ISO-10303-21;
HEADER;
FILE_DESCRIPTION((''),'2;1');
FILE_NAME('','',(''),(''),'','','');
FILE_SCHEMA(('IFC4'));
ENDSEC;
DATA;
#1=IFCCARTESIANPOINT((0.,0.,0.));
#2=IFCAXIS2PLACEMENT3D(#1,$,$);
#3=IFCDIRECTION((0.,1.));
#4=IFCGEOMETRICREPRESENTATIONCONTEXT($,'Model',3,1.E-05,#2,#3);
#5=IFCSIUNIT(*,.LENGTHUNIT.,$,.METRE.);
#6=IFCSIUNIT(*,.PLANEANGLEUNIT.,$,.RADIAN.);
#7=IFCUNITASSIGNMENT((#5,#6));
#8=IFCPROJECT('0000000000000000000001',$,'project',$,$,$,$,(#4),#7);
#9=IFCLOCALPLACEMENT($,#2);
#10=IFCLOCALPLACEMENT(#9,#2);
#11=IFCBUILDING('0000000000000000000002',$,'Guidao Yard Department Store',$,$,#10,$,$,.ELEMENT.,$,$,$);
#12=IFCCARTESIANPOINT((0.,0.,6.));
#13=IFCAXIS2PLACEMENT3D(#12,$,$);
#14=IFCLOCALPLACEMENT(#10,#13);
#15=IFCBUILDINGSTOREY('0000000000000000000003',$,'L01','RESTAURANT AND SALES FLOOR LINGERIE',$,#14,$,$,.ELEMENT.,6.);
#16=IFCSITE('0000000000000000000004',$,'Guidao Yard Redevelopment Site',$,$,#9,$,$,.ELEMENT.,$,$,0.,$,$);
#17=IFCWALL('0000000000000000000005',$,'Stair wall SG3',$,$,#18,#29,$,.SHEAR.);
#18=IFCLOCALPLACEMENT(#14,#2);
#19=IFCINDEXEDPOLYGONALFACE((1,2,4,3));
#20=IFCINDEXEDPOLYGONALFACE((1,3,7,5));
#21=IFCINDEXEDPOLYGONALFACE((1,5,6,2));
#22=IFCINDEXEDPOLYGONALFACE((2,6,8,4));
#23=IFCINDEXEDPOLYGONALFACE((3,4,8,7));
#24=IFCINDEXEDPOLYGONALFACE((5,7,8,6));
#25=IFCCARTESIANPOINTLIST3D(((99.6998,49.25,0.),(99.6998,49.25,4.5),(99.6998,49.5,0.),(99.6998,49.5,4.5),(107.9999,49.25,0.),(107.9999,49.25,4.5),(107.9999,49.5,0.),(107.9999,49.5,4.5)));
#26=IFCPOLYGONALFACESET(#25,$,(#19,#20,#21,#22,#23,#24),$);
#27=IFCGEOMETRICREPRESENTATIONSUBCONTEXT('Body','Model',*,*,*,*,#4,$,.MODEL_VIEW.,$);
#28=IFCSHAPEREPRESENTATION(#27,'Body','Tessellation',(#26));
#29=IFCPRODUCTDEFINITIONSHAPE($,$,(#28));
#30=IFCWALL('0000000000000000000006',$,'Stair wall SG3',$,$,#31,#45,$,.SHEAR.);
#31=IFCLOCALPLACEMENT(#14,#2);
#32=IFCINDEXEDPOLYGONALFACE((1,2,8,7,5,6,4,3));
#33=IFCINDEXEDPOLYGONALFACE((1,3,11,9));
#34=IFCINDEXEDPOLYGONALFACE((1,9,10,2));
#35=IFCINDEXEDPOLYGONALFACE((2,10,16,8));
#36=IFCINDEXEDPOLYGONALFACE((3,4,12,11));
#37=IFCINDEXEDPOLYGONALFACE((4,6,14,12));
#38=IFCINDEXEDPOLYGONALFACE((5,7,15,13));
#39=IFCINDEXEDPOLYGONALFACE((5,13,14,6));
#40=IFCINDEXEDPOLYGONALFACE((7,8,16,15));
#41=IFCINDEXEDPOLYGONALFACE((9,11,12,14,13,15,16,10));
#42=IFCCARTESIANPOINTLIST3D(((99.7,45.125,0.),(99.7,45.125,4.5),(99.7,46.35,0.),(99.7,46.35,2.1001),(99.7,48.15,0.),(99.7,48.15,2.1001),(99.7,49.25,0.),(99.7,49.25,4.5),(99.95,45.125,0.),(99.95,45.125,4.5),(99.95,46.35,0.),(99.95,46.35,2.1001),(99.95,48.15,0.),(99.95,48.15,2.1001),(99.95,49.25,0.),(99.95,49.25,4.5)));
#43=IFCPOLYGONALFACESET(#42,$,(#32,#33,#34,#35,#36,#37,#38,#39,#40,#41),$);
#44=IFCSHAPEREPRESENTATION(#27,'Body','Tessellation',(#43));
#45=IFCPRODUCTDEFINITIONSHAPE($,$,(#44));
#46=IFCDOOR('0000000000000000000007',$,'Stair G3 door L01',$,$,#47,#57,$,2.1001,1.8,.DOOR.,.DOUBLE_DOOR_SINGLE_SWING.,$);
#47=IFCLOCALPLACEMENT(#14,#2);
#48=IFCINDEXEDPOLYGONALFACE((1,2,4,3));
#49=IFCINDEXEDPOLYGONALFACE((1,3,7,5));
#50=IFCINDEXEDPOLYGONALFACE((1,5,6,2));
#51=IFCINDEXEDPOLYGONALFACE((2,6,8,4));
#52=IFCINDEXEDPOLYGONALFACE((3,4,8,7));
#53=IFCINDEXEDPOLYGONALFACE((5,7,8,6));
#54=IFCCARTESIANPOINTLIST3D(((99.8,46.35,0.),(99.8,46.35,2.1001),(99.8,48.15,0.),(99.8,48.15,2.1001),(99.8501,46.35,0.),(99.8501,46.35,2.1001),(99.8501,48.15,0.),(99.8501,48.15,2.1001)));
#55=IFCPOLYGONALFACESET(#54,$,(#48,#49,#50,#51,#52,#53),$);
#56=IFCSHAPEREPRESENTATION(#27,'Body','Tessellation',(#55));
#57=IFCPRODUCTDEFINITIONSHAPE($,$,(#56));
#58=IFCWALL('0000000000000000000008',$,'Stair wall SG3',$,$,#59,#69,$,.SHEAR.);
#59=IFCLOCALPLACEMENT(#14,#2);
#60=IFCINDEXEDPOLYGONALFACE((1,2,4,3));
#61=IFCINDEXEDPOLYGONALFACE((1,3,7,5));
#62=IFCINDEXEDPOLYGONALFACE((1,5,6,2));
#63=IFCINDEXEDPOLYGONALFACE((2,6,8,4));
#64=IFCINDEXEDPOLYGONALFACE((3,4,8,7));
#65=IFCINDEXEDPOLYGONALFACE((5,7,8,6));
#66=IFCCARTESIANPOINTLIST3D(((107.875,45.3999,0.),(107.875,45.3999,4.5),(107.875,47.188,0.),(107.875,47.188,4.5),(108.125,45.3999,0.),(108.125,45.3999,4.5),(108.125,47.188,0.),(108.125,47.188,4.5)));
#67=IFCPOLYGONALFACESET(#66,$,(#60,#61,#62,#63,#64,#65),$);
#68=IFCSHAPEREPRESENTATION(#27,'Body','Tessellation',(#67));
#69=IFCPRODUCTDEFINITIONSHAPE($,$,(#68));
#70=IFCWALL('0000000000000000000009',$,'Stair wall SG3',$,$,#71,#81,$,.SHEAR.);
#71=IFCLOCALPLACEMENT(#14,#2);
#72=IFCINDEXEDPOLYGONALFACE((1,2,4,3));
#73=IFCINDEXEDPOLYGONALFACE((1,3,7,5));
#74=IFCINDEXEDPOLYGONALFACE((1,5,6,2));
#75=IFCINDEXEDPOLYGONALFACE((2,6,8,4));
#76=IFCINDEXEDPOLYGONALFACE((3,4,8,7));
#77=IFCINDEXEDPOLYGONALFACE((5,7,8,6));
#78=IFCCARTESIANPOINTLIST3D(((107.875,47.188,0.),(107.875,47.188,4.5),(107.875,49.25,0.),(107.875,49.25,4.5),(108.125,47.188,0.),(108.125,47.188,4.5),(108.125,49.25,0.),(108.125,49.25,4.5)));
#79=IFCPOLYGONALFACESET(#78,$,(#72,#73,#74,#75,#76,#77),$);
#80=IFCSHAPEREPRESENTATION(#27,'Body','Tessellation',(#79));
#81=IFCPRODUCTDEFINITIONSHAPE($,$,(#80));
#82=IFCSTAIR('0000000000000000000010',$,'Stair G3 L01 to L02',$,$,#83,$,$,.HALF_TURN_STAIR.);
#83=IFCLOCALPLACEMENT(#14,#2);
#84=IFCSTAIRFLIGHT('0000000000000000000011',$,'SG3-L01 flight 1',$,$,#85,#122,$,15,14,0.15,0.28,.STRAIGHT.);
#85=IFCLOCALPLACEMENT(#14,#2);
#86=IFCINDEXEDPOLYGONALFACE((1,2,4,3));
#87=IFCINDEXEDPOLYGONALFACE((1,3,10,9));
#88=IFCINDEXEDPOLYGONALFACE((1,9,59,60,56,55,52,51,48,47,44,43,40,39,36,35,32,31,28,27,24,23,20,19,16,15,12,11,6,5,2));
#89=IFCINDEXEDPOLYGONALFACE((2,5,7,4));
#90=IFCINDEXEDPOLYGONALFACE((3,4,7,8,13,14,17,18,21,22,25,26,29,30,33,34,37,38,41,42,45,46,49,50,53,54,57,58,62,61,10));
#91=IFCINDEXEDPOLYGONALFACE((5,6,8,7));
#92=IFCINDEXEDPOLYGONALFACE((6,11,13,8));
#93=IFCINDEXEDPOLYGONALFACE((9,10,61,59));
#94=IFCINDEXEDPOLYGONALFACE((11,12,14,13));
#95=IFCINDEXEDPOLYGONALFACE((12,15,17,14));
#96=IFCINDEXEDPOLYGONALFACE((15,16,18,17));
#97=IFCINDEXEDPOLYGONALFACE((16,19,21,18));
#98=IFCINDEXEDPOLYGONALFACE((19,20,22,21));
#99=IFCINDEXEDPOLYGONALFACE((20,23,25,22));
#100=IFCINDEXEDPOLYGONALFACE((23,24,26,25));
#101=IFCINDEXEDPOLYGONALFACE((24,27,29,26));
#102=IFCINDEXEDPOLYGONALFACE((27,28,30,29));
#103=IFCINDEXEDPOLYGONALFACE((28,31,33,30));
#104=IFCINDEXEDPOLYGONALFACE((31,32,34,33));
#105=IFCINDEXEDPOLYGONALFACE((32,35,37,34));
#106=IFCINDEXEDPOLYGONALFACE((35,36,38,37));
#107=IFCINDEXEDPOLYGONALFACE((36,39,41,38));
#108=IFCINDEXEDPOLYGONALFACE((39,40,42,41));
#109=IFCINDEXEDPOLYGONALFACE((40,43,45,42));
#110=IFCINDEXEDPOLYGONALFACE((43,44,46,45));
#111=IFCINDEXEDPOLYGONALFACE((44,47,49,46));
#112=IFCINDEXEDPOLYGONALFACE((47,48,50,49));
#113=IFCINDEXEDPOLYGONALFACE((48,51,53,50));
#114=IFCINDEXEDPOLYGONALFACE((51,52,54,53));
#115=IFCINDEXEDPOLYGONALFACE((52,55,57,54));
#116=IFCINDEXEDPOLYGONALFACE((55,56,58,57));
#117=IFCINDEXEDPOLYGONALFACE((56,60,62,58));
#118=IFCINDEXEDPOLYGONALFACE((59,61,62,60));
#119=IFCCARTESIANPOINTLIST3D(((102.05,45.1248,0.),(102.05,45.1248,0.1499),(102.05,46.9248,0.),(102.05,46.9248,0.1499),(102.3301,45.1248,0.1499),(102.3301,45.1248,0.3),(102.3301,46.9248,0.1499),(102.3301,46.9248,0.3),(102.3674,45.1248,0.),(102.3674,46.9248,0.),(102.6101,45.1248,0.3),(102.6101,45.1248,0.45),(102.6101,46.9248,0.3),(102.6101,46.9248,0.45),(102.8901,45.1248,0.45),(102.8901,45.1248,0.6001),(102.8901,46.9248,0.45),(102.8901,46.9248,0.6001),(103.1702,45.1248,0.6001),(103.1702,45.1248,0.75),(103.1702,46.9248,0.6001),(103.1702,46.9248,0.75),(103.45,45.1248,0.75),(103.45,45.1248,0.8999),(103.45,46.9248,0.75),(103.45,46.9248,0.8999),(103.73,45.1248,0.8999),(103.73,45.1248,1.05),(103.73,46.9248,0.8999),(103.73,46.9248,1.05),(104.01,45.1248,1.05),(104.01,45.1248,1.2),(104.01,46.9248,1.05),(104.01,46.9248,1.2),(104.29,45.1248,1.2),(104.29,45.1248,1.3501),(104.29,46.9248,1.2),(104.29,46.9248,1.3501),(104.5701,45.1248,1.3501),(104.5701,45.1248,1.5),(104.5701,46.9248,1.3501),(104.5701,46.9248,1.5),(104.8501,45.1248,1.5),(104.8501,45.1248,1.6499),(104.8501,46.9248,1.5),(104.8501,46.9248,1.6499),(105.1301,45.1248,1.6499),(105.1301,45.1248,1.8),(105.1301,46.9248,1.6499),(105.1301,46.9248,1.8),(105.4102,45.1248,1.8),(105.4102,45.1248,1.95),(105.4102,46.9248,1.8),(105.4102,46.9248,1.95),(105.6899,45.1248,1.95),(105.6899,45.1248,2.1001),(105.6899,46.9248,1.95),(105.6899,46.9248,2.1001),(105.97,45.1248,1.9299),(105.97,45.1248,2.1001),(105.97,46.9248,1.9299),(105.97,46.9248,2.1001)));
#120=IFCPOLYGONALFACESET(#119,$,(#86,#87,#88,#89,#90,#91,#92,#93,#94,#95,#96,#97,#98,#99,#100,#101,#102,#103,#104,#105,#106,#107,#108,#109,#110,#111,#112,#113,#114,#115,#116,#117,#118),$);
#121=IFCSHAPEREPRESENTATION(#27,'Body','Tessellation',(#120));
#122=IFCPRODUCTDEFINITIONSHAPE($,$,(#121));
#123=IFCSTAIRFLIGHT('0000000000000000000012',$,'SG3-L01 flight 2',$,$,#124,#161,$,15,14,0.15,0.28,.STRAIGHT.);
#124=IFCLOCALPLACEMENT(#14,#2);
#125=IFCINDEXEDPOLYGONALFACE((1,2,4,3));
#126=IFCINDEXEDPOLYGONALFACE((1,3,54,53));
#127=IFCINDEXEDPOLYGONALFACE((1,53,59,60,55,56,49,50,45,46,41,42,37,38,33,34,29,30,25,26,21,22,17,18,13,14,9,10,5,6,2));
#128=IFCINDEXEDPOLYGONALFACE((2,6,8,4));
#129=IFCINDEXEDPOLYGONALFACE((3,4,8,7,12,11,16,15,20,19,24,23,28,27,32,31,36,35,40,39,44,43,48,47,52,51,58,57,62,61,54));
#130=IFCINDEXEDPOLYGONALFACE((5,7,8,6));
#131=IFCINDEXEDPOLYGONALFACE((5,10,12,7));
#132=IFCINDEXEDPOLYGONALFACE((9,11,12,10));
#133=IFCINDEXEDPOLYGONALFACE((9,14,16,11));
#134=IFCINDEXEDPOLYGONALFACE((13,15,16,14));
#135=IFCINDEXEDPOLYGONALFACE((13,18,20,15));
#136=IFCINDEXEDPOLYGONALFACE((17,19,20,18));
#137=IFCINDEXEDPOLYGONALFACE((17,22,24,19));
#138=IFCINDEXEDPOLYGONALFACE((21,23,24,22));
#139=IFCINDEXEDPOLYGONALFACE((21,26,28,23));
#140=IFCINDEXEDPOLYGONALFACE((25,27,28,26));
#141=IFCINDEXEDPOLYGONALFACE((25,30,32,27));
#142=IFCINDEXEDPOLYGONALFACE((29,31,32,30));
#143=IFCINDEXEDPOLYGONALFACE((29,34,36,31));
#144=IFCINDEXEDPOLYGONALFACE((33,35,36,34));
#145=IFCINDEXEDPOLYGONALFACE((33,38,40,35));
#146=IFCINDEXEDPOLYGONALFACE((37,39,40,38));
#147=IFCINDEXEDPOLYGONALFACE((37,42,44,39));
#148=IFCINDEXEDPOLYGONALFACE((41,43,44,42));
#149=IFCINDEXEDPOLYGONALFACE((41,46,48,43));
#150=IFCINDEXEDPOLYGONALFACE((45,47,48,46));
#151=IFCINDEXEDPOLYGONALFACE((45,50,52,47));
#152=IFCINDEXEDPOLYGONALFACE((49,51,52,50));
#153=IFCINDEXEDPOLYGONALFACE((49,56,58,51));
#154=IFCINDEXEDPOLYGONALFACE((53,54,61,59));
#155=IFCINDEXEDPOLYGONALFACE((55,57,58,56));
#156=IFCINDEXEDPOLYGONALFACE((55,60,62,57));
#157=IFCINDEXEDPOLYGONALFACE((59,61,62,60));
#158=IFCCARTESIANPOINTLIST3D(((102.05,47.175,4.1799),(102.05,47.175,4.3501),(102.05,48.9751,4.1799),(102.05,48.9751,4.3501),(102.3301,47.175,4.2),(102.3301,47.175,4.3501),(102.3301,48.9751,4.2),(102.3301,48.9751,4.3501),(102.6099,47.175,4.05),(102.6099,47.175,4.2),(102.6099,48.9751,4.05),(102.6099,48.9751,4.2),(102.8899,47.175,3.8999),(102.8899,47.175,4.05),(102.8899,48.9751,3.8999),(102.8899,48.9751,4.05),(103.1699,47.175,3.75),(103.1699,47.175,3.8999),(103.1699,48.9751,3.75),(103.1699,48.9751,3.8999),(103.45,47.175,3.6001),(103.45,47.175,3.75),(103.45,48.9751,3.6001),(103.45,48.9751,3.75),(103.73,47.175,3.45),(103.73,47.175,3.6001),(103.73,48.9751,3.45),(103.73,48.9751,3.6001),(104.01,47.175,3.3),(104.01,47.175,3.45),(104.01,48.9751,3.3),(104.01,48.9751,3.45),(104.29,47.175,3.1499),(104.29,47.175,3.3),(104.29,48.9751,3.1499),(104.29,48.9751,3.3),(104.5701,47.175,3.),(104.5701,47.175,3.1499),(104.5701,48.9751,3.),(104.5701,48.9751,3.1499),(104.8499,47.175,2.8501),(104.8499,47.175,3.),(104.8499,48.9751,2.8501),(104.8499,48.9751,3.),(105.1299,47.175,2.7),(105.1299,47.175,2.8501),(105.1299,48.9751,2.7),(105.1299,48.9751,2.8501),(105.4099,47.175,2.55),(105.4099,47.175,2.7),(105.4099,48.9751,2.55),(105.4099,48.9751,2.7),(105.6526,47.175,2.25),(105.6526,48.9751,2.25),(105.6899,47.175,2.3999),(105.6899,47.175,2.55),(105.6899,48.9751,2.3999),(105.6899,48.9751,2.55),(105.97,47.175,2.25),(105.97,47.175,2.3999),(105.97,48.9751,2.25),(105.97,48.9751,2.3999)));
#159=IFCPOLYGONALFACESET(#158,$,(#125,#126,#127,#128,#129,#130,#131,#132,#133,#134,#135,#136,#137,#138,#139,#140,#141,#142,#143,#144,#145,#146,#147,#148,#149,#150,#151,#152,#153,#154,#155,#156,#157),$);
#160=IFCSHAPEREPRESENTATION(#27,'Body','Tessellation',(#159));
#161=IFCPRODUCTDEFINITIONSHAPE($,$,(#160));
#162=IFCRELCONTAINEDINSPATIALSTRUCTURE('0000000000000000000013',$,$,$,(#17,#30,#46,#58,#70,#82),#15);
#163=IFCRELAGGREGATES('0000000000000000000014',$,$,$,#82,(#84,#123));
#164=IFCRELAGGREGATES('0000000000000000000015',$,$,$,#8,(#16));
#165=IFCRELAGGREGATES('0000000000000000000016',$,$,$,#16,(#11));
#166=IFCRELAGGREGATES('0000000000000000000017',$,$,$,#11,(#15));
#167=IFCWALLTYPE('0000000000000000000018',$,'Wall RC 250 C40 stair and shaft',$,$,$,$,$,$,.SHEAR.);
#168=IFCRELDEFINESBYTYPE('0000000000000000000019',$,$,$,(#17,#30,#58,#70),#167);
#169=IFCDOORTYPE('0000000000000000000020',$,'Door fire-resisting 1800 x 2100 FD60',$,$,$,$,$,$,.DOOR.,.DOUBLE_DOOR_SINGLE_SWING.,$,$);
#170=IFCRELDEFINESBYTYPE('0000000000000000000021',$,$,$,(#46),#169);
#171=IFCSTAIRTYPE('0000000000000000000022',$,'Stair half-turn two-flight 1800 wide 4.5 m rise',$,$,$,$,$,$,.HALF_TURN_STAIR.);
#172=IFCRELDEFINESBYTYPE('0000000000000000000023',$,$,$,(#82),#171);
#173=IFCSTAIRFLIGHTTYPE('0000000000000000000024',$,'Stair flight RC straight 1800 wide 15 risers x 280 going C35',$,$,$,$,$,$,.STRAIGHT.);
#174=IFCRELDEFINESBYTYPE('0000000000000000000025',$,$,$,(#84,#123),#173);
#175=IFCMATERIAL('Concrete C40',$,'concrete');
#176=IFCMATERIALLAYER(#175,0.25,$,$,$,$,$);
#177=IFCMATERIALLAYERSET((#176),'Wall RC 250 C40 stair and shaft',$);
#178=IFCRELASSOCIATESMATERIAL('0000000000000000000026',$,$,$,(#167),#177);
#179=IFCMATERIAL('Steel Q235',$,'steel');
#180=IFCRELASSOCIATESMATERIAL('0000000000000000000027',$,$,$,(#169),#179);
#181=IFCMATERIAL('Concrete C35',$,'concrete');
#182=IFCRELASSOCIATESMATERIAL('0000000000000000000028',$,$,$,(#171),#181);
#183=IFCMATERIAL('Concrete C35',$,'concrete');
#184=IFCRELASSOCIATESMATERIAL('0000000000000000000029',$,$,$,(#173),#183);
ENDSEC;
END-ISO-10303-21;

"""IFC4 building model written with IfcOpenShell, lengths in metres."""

from ifc_helpers import new_model, si_unit, direction, frame, frame_2d, origin, place, context, subcontext, project, spatial, polyline, rectangle, outline, extrude, material, layer, layer_set, type_object, element, fill, aggregate, save


model = new_model("IFC4")

# Units and contexts
model_context = context("Model", 3, precision=1e-05, world=origin(), true_north=direction((0.0, 1.0)))
body_context = subcontext(model_context, "Body", "Model", "MODEL_VIEW")
ifc_project = project(units=[si_unit("LENGTHUNIT", "METRE"), si_unit("PLANEANGLEUNIT", "RADIAN")], contexts=[model_context])

# Site, building, storey
site_placement = place(None, origin())
site = spatial("IfcSite", under=ifc_project, at=site_placement, Name="Guidao Yard Redevelopment Site", CompositionType="ELEMENT", RefElevation=0.0)
building_placement = place(site_placement, origin())
building = spatial("IfcBuilding", under=site, at=building_placement, Name="Guidao Yard Department Store", CompositionType="ELEMENT")
storey_placement = place(building_placement, frame((0.0, 0.0, 6.0)))
storey = spatial("IfcBuildingStorey", under=building, at=storey_placement, Name="L01", Description="RESTAURANT AND SALES FLOOR LINGERIE", CompositionType="ELEMENT", Elevation=6.0)

# Wall
ifc_material_1 = material(Name="Concrete C40", Category="concrete")
ifc_layer_1 = layer(ifc_material_1, 0.25)
ifc_layer_set_1 = layer_set([ifc_layer_1], Name="Wall RC 250 C40 stair and shaft")
wall_type_1 = type_object("IfcWallType", Name="Wall RC 250 C40 stair and shaft", PredefinedType="SHEAR", material=ifc_layer_set_1)
wall_1_placement = place(storey_placement, frame((99.7, 49.375, 0.0), z_axis=(0.0, 0.0, 1.0), x_axis=(1.0, 0.0, 0.0)))
element("IfcWall", 1, at=wall_1_placement, inside=storey, type_object=wall_type_1, Name="Stair wall SG3", PredefinedType="SHEAR", context=body_context, shape_type="SweptSolid", body=[
    extrude(rectangle(XDim=8.3, YDim=0.25, at=frame_2d((4.1499, 0.0))), origin(), (0.0, 0.0, 1.0), 4.5),
])

# Wall, opening, door
wall_2_placement = place(storey_placement, frame((99.825, 45.125, 0.0), z_axis=(0.0, 0.0, 1.0), x_axis=(0.0, 1.0, 0.0)))
wall_2 = element("IfcWall", 2, at=wall_2_placement, inside=storey, type_object=wall_type_1, Name="Stair wall SG3", PredefinedType="SHEAR", context=body_context, shape_type="SweptSolid", body=[
    extrude(rectangle(XDim=4.125, YDim=0.25, at=frame_2d((2.0625, 0.0))), origin(), (0.0, 0.0, 1.0), 4.5),
])
opening_1_placement = place(wall_2_placement, frame((1.2251, 0.0, 0.0)))
opening_1 = element("IfcOpeningElement", 3, at=opening_1_placement, cuts=wall_2, PredefinedType="OPENING", context=body_context, shape_type="SweptSolid", body=[
    extrude(rectangle(XDim=1.8, YDim=2.1001, at=frame_2d((0.8999, 1.05))), frame((0.0, 0.135, 0.0), z_axis=(0.0, -1.0, 0.0), x_axis=(1.0, 0.0, 0.0)), (0.0, 0.0, 1.0), 0.27),
])
ifc_material_2 = material(Name="Steel Q235", Category="steel")
door_type_1 = type_object("IfcDoorType", Name="Door fire-resisting 1800 x 2100 FD60", OperationType="DOUBLE_DOOR_SINGLE_SWING", PredefinedType="DOOR", material=ifc_material_2)
door_1_placement = place(opening_1_placement, origin())
door_1 = element("IfcDoor", 4, at=door_1_placement, inside=storey, type_object=door_type_1, Name="Stair G3 door L01", OperationType="DOUBLE_DOOR_SINGLE_SWING", OverallHeight=2.1001, OverallWidth=1.8, PredefinedType="DOOR", context=body_context, shape_type="SweptSolid", body=[
    extrude(rectangle(XDim=1.8, YDim=2.1001, at=frame_2d((0.8999, 1.05))), frame((0.0, 0.0249, 0.0), z_axis=(0.0, -1.0, 0.0), x_axis=(1.0, 0.0, 0.0)), (0.0, 0.0, 1.0), 0.05),
])
fill(opening_1, door_1)

# Walls
wall_3_placement = place(storey_placement, frame((108.0, 45.3999, 0.0), z_axis=(0.0, 0.0, 1.0), x_axis=(0.0, 1.0, 0.0)))
element("IfcWall", 5, at=wall_3_placement, inside=storey, type_object=wall_type_1, Name="Stair wall SG3", PredefinedType="SHEAR", context=body_context, shape_type="SweptSolid", body=[
    extrude(rectangle(XDim=1.7881, YDim=0.25, at=frame_2d((0.894, 0.0))), origin(), (0.0, 0.0, 1.0), 4.5),
])
wall_4_placement = place(storey_placement, frame((108.0, 47.188, 0.0), z_axis=(0.0, 0.0, 1.0), x_axis=(0.0, 1.0, 0.0)))
element("IfcWall", 6, at=wall_4_placement, inside=storey, type_object=wall_type_1, Name="Stair wall SG3", PredefinedType="SHEAR", context=body_context, shape_type="SweptSolid", body=[
    extrude(rectangle(XDim=2.062, YDim=0.25, at=frame_2d((1.031, 0.0))), origin(), (0.0, 0.0, 1.0), 4.5),
])

# Stair, stair flights
ifc_material_3 = material(Name="Concrete C35", Category="concrete")
stair_type = type_object("IfcStairType", Name="Stair half-turn two-flight 1800 wide 4.5 m rise", PredefinedType="HALF_TURN_STAIR", material=ifc_material_3)
stair_placement = place(storey_placement, origin())
stair = element("IfcStair", 7, at=stair_placement, inside=storey, type_object=stair_type, Name="Stair G3 L01 to L02", PredefinedType="HALF_TURN_STAIR")
ifc_material_4 = material(Name="Concrete C35", Category="concrete")
stair_flight_type = type_object("IfcStairFlightType", Name="Stair flight RC straight 1800 wide 15 risers x 280 going C35", PredefinedType="STRAIGHT", material=ifc_material_4)
stair_flight_1_placement = place(storey_placement, frame((102.05, 46.0249, 0.0), z_axis=(0.0, 0.0, 1.0), x_axis=(1.0, 0.0, 0.0)))
stair_flight_1 = element("IfcStairFlight", 8, at=stair_flight_1_placement, type_object=stair_flight_type, Name="SG3-L01 flight 1", NumberOfRisers=15, NumberOfTreads=14, PredefinedType="STRAIGHT", RiserHeight=0.15, TreadLength=0.28, context=body_context, shape_type="SweptSolid", body=[
    extrude(outline(polyline([(0.0, 0.0), (0.0, 0.1499), (0.28, 0.1499), (0.28, 0.3), (0.5601, 0.3), (0.5601, 0.45), (0.8401, 0.45), (0.8401, 0.6001), (1.1201, 0.6001), (1.1201, 0.75), (1.3999, 0.75), (1.3999, 0.8999), (1.6799, 0.8999), (1.6799, 1.05), (1.96, 1.05), (1.96, 1.2), (2.24, 1.2), (2.24, 1.3501), (2.52, 1.3501), (2.52, 1.5), (2.8, 1.5), (2.8, 1.6499), (3.0801, 1.6499), (3.0801, 1.8), (3.3601, 1.8), (3.3601, 1.95), (3.6399, 1.95), (3.6399, 2.1001), (3.9199, 2.1001), (3.9199, 2.25), (3.9199, 1.9299), (0.3174, 0.0), (0.0, 0.0)])), frame((0.0, 0.8999, 0.0), z_axis=(0.0, -1.0, 0.0), x_axis=(1.0, 0.0, 0.0)), (0.0, 0.0, 1.0), 1.8),
])
stair_flight_2_placement = place(storey_placement, frame((105.97, 48.075, 2.25), z_axis=(0.0, 0.0, 1.0), x_axis=(-1.0, 0.0, 0.0)))
stair_flight_2 = element("IfcStairFlight", 9, at=stair_flight_2_placement, type_object=stair_flight_type, Name="SG3-L01 flight 2", NumberOfRisers=15, NumberOfTreads=14, PredefinedType="STRAIGHT", RiserHeight=0.15, TreadLength=0.28, context=body_context, shape_type="SweptSolid", body=[
    extrude(outline(polyline([(0.0, 0.0), (0.0, 0.1499), (0.28, 0.1499), (0.28, 0.3), (0.5601, 0.3), (0.5601, 0.45), (0.8401, 0.45), (0.8401, 0.6001), (1.1201, 0.6001), (1.1201, 0.75), (1.3999, 0.75), (1.3999, 0.8999), (1.6799, 0.8999), (1.6799, 1.05), (1.96, 1.05), (1.96, 1.2), (2.24, 1.2), (2.24, 1.3501), (2.52, 1.3501), (2.52, 1.5), (2.8, 1.5), (2.8, 1.6499), (3.0801, 1.6499), (3.0801, 1.8), (3.3601, 1.8), (3.3601, 1.95), (3.6399, 1.95), (3.6399, 2.1001), (3.9199, 2.1001), (3.9199, 2.25), (3.9199, 1.9299), (0.3174, 0.0), (0.0, 0.0)])), frame((0.0, 0.8999, 0.0), z_axis=(0.0, -1.0, 0.0), x_axis=(1.0, 0.0, 0.0)), (0.0, 0.0, 1.0), 1.8),
])
aggregate(stair, [stair_flight_1, stair_flight_2])

save(model, "model.ifc")
